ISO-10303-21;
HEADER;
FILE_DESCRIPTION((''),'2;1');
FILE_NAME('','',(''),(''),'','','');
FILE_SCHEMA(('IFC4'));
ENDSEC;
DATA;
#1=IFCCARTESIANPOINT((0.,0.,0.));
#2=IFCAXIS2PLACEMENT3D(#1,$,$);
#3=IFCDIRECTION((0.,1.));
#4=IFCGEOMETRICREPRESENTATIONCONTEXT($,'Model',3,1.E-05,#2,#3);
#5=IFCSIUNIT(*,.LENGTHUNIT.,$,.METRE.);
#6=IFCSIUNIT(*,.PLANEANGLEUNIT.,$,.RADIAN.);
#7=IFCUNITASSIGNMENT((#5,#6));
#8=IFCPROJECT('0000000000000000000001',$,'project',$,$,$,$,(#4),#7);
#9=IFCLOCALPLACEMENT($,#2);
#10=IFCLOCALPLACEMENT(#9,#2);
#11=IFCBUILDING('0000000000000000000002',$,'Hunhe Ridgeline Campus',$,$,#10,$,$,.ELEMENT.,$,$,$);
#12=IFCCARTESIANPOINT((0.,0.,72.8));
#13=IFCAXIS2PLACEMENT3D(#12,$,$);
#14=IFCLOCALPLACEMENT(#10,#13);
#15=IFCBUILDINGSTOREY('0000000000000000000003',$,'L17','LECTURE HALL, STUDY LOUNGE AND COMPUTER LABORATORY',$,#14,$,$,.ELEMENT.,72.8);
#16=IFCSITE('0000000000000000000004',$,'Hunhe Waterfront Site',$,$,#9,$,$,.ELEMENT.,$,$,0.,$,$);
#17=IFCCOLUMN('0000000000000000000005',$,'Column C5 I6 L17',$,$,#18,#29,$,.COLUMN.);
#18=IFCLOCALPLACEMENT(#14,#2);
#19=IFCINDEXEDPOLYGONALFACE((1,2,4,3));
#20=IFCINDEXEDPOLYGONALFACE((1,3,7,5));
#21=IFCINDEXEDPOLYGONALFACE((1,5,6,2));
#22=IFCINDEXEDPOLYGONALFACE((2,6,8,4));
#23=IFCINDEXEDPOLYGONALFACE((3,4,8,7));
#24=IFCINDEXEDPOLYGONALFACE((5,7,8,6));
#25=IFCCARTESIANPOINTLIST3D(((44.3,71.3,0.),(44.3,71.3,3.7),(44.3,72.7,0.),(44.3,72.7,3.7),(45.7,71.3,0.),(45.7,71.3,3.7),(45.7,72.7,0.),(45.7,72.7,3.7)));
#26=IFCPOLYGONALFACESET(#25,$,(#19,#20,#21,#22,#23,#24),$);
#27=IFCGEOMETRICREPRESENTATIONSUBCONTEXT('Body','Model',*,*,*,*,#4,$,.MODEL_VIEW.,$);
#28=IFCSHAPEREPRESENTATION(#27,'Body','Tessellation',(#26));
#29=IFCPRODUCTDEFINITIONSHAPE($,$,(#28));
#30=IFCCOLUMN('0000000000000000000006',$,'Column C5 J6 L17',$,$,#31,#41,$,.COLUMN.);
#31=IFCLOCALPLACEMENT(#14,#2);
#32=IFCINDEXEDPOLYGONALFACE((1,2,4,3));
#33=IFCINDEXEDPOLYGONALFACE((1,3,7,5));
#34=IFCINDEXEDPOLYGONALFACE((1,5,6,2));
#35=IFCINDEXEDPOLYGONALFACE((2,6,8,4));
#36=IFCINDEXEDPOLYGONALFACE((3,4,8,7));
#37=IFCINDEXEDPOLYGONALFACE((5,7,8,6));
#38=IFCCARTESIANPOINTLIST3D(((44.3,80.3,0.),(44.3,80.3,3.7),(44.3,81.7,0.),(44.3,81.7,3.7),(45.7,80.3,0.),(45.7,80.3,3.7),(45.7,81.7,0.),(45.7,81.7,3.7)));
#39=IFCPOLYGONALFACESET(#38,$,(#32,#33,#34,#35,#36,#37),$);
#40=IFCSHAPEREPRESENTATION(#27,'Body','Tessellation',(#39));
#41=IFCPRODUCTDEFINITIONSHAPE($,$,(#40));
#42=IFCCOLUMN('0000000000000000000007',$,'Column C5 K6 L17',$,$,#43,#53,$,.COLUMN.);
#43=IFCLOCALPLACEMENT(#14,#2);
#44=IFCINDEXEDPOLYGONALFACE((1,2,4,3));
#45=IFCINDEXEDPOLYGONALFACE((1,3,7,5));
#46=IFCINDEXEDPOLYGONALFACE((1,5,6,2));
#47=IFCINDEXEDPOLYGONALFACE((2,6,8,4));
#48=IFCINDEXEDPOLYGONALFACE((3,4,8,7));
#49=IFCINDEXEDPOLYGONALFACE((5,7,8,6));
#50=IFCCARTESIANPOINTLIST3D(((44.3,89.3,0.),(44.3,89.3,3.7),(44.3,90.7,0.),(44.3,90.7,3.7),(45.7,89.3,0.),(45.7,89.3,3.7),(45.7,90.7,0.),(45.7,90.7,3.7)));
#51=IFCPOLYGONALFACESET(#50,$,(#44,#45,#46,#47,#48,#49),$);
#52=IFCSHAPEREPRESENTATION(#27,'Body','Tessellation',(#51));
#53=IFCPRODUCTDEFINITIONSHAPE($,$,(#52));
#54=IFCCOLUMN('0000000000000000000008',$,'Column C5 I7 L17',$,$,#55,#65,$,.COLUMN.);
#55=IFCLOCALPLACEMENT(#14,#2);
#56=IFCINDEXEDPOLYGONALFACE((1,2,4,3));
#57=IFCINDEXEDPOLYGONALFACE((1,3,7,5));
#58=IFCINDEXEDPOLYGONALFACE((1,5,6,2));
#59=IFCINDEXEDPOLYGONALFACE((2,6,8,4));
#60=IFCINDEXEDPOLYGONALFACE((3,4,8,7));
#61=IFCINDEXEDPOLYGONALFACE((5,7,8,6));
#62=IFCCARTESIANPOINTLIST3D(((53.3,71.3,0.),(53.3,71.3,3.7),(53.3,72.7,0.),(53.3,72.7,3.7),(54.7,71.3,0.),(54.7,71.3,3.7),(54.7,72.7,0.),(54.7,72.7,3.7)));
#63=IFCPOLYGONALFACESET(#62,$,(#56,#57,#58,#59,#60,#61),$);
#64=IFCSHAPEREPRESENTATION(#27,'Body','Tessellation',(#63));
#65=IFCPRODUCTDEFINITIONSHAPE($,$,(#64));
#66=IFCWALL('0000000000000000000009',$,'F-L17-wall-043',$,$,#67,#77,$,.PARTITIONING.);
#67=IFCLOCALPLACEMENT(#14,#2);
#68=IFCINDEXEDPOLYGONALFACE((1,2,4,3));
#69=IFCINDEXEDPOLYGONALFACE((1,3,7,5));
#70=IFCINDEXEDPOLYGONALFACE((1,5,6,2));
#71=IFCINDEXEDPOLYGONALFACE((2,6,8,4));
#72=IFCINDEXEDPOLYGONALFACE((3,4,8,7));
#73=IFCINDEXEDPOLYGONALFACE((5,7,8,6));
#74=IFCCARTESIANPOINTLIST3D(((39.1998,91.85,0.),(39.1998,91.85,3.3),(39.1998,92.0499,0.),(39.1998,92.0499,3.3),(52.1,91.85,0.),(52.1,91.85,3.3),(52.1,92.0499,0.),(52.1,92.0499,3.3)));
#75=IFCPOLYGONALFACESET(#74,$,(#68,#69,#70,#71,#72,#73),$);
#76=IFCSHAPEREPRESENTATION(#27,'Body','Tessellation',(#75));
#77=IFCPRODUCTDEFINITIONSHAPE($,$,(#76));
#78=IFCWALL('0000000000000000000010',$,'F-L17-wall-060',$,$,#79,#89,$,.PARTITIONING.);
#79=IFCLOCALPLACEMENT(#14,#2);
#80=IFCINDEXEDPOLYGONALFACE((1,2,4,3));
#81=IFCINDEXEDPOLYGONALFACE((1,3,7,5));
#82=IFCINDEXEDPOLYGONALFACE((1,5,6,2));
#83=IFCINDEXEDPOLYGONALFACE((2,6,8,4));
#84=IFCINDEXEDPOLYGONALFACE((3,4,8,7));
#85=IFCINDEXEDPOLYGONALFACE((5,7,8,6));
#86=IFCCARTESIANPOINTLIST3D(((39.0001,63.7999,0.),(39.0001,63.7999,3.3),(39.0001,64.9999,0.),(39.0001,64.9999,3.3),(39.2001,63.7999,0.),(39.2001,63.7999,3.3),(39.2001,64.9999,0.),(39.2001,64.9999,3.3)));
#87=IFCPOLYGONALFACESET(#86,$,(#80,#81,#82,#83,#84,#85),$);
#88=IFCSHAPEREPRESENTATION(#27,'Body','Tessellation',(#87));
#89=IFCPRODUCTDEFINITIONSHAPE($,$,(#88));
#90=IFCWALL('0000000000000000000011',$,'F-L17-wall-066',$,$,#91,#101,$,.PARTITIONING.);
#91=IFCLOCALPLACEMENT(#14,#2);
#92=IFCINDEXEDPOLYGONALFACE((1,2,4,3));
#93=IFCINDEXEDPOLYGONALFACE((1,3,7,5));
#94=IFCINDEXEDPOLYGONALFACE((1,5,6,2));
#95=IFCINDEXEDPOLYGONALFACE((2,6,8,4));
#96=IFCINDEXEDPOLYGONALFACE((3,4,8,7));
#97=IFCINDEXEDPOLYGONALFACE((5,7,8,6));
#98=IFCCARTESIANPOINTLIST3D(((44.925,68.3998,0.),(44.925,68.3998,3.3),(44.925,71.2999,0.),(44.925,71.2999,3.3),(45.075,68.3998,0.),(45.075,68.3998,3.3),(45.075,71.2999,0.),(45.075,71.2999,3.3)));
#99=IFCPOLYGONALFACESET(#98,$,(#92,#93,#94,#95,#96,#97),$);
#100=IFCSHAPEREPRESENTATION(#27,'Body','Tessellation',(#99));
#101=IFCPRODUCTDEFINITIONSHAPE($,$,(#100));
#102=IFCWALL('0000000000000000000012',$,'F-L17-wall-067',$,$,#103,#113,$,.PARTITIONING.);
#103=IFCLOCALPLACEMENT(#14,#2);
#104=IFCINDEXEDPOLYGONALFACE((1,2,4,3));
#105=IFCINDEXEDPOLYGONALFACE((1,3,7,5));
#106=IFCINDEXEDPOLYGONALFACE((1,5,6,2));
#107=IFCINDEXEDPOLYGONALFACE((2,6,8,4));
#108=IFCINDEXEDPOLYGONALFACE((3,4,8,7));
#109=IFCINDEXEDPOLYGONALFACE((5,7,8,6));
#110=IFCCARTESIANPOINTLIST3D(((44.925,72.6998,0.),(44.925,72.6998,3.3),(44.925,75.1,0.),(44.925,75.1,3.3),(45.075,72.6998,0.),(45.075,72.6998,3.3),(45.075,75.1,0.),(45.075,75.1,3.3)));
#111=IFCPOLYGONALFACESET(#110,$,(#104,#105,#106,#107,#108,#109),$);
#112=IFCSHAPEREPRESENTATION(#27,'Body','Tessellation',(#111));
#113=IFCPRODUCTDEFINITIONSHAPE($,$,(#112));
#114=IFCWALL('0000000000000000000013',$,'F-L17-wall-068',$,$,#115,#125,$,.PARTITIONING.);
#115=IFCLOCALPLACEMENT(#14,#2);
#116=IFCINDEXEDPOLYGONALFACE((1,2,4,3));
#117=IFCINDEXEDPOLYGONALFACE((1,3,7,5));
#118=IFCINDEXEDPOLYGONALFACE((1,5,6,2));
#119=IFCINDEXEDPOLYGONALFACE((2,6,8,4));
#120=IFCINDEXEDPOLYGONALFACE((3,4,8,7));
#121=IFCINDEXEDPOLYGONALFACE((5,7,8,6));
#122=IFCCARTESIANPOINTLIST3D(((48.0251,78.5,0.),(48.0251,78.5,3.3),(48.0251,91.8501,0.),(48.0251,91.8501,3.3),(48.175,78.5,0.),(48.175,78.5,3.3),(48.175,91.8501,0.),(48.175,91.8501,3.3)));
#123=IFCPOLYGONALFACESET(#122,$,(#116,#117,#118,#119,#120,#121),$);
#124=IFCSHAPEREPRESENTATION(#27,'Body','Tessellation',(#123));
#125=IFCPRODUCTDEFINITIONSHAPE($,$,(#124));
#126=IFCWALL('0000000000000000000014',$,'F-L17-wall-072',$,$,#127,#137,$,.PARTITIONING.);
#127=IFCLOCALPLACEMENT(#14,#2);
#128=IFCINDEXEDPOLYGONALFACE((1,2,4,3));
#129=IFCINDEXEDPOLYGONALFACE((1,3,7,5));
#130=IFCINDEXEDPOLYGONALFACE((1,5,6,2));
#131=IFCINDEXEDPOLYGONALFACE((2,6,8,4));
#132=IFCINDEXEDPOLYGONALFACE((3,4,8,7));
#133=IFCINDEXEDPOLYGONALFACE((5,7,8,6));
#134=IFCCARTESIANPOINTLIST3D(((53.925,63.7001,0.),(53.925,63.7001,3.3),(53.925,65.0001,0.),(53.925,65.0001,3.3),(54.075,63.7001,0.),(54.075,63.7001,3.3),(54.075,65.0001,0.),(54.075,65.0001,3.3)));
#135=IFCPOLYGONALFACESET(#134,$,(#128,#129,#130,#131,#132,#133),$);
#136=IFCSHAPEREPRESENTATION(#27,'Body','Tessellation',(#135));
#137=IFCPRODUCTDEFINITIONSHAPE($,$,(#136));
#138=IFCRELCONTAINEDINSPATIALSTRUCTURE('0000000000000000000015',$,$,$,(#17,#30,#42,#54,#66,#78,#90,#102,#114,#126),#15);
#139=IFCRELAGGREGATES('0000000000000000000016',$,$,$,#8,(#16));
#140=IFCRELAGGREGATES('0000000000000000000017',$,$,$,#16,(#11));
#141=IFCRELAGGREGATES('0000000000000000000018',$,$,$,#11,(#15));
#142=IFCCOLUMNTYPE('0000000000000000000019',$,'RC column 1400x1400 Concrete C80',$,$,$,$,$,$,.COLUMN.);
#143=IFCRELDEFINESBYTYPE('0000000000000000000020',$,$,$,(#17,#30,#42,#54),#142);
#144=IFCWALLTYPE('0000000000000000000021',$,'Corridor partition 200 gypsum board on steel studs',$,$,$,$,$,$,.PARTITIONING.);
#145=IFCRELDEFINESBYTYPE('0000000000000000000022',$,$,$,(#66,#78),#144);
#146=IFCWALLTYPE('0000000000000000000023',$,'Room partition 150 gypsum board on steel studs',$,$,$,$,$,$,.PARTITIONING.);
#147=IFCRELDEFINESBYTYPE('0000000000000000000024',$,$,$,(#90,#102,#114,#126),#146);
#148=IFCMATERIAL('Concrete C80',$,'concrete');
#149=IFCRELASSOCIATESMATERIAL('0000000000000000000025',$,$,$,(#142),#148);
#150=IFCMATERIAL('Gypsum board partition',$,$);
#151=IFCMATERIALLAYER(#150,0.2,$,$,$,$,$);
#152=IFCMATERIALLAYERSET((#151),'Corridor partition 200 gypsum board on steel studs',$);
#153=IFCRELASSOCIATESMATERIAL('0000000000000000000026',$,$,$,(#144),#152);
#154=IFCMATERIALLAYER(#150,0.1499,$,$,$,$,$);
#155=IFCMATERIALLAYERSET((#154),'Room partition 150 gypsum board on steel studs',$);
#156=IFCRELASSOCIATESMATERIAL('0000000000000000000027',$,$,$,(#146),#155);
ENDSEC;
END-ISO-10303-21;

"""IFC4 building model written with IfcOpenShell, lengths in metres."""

from ifc_helpers import new_model, si_unit, direction, frame, frame_2d, origin, origin_2d, place, context, subcontext, project, spatial, rectangle, extrude, material, layer, layer_set, material_profile, profile_set, type_object, element, save


model = new_model("IFC4")

# Units and contexts
model_context = context("Model", 3, precision=1e-05, world=origin(), true_north=direction((0.0, 1.0)))
body_context = subcontext(model_context, "Body", "Model", "MODEL_VIEW")
ifc_project = project(units=[si_unit("LENGTHUNIT", "METRE"), si_unit("PLANEANGLEUNIT", "RADIAN")], contexts=[model_context])

# Site, building, storey
site_placement = place(None, origin())
site = spatial("IfcSite", under=ifc_project, at=site_placement, Name="Hunhe Waterfront Site", CompositionType="ELEMENT", RefElevation=0.0)
building_placement = place(site_placement, origin())
building = spatial("IfcBuilding", under=site, at=building_placement, Name="Hunhe Ridgeline Campus", CompositionType="ELEMENT")
storey_placement = place(building_placement, frame((0.0, 0.0, 72.8)))
storey = spatial("IfcBuildingStorey", under=building, at=storey_placement, Name="L17", Description="LECTURE HALL, STUDY LOUNGE AND COMPUTER LABORATORY", CompositionType="ELEMENT", Elevation=72.8)

# Columns
ifc_material_1 = material(Name="Concrete C80", Category="concrete")
ifc_material_profile = material_profile(ifc_material_1, rectangle(XDim=1.3999, YDim=1.3999, at=origin_2d()))
ifc_profile_set = profile_set([ifc_material_profile], Name="Concrete C80")
column_type = type_object("IfcColumnType", Name="RC column 1400x1400 Concrete C80", PredefinedType="COLUMN", material=ifc_profile_set)
for number, where, z_axis, x_axis, name in (
    (1, (45.0, 72.0, 0.0), (0.0, 0.0, 1.0), (1.0, 0.0, 0.0), "Column C5 I6 L17"),
    (2, (45.0, 81.0, 0.0), (0.0, 0.0, 1.0), (1.0, 0.0, 0.0), "Column C5 J6 L17"),
    (3, (45.0, 90.0, 0.0), (0.0, 0.0, 1.0), (1.0, 0.0, 0.0), "Column C5 K6 L17"),
    (4, (54.0, 72.0, 0.0), (0.0, 0.0, 1.0), (1.0, 0.0, 0.0), "Column C5 I7 L17"),
):
    element("IfcColumn", number, at=place(storey_placement, frame(where, z_axis=z_axis, x_axis=x_axis)), inside=storey, type_object=column_type, Name=name, PredefinedType="COLUMN", context=body_context, shape_type="SweptSolid", body=[
        extrude(rectangle(XDim=1.3999, YDim=1.3999, at=origin_2d()), origin(), (0.0, 0.0, 1.0), 3.7),
    ])

# Shared definitions
ifc_material_2 = material(Name="Gypsum board partition")
ifc_layer_1 = layer(ifc_material_2, 0.2)
ifc_layer_set_1 = layer_set([ifc_layer_1], Name="Corridor partition 200 gypsum board on steel studs")
wall_type_1 = type_object("IfcWallType", Name="Corridor partition 200 gypsum board on steel studs", PredefinedType="PARTITIONING", material=ifc_layer_set_1)

# Walls
wall_1_placement = place(storey_placement, frame((52.1001, 91.95, 0.0), z_axis=(0.0, 0.0, 1.0), x_axis=(-1.0, 0.0, 0.0)))
element("IfcWall", 5, at=wall_1_placement, inside=storey, type_object=wall_type_1, Name="F-L17-wall-043", PredefinedType="PARTITIONING", context=body_context, shape_type="SweptSolid", body=[
    extrude(rectangle(XDim=12.9001, YDim=0.2, at=frame_2d((6.4502, 0.0))), origin(), (0.0, 0.0, 1.0), 3.3),
])
wall_2_placement = place(storey_placement, frame((39.1001, 65.0, 0.0), z_axis=(0.0, 0.0, 1.0), x_axis=(0.0, -1.0, 0.0)))
element("IfcWall", 6, at=wall_2_placement, inside=storey, type_object=wall_type_1, Name="F-L17-wall-060", PredefinedType="PARTITIONING", context=body_context, shape_type="SweptSolid", body=[
    extrude(rectangle(XDim=1.2, YDim=0.2, at=frame_2d((0.6001, 0.0))), origin(), (0.0, 0.0, 1.0), 3.3),
])

# Walls
ifc_layer_2 = layer(ifc_material_2, 0.1499)
ifc_layer_set_2 = layer_set([ifc_layer_2], Name="Room partition 150 gypsum board on steel studs")
wall_type_2 = type_object("IfcWallType", Name="Room partition 150 gypsum board on steel studs", PredefinedType="PARTITIONING", material=ifc_layer_set_2)
wall_3_placement = place(storey_placement, frame((45.0, 71.3, 0.0), z_axis=(0.0, 0.0, 1.0), x_axis=(0.0, -1.0, 0.0)))
element("IfcWall", 7, at=wall_3_placement, inside=storey, type_object=wall_type_2, Name="F-L17-wall-066", PredefinedType="PARTITIONING", context=body_context, shape_type="SweptSolid", body=[
    extrude(rectangle(XDim=2.9001, YDim=0.1499, at=frame_2d((1.4502, 0.0))), origin(), (0.0, 0.0, 1.0), 3.3),
])
wall_4_placement = place(storey_placement, frame((45.0, 75.1001, 0.0), z_axis=(0.0, 0.0, 1.0), x_axis=(0.0, -1.0, 0.0)))
element("IfcWall", 8, at=wall_4_placement, inside=storey, type_object=wall_type_2, Name="F-L17-wall-067", PredefinedType="PARTITIONING", context=body_context, shape_type="SweptSolid", body=[
    extrude(rectangle(XDim=2.4001, YDim=0.1499, at=frame_2d((1.2002, 0.0))), origin(), (0.0, 0.0, 1.0), 3.3),
])
wall_5_placement = place(storey_placement, frame((48.1001, 91.8501, 0.0), z_axis=(0.0, 0.0, 1.0), x_axis=(0.0, -1.0, 0.0)))
element("IfcWall", 9, at=wall_5_placement, inside=storey, type_object=wall_type_2, Name="F-L17-wall-068", PredefinedType="PARTITIONING", context=body_context, shape_type="SweptSolid", body=[
    extrude(rectangle(XDim=13.3501, YDim=0.1499, at=frame_2d((6.675, 0.0))), origin(), (0.0, 0.0, 1.0), 3.3),
])
wall_6_placement = place(storey_placement, frame((54.0, 65.0, 0.0), z_axis=(0.0, 0.0, 1.0), x_axis=(0.0, -1.0, 0.0)))
element("IfcWall", 10, at=wall_6_placement, inside=storey, type_object=wall_type_2, Name="F-L17-wall-072", PredefinedType="PARTITIONING", context=body_context, shape_type="SweptSolid", body=[
    extrude(rectangle(XDim=1.3, YDim=0.1499, at=frame_2d((0.6499, 0.0))), origin(), (0.0, 0.0, 1.0), 3.3),
])

save(model, "model.ifc")
